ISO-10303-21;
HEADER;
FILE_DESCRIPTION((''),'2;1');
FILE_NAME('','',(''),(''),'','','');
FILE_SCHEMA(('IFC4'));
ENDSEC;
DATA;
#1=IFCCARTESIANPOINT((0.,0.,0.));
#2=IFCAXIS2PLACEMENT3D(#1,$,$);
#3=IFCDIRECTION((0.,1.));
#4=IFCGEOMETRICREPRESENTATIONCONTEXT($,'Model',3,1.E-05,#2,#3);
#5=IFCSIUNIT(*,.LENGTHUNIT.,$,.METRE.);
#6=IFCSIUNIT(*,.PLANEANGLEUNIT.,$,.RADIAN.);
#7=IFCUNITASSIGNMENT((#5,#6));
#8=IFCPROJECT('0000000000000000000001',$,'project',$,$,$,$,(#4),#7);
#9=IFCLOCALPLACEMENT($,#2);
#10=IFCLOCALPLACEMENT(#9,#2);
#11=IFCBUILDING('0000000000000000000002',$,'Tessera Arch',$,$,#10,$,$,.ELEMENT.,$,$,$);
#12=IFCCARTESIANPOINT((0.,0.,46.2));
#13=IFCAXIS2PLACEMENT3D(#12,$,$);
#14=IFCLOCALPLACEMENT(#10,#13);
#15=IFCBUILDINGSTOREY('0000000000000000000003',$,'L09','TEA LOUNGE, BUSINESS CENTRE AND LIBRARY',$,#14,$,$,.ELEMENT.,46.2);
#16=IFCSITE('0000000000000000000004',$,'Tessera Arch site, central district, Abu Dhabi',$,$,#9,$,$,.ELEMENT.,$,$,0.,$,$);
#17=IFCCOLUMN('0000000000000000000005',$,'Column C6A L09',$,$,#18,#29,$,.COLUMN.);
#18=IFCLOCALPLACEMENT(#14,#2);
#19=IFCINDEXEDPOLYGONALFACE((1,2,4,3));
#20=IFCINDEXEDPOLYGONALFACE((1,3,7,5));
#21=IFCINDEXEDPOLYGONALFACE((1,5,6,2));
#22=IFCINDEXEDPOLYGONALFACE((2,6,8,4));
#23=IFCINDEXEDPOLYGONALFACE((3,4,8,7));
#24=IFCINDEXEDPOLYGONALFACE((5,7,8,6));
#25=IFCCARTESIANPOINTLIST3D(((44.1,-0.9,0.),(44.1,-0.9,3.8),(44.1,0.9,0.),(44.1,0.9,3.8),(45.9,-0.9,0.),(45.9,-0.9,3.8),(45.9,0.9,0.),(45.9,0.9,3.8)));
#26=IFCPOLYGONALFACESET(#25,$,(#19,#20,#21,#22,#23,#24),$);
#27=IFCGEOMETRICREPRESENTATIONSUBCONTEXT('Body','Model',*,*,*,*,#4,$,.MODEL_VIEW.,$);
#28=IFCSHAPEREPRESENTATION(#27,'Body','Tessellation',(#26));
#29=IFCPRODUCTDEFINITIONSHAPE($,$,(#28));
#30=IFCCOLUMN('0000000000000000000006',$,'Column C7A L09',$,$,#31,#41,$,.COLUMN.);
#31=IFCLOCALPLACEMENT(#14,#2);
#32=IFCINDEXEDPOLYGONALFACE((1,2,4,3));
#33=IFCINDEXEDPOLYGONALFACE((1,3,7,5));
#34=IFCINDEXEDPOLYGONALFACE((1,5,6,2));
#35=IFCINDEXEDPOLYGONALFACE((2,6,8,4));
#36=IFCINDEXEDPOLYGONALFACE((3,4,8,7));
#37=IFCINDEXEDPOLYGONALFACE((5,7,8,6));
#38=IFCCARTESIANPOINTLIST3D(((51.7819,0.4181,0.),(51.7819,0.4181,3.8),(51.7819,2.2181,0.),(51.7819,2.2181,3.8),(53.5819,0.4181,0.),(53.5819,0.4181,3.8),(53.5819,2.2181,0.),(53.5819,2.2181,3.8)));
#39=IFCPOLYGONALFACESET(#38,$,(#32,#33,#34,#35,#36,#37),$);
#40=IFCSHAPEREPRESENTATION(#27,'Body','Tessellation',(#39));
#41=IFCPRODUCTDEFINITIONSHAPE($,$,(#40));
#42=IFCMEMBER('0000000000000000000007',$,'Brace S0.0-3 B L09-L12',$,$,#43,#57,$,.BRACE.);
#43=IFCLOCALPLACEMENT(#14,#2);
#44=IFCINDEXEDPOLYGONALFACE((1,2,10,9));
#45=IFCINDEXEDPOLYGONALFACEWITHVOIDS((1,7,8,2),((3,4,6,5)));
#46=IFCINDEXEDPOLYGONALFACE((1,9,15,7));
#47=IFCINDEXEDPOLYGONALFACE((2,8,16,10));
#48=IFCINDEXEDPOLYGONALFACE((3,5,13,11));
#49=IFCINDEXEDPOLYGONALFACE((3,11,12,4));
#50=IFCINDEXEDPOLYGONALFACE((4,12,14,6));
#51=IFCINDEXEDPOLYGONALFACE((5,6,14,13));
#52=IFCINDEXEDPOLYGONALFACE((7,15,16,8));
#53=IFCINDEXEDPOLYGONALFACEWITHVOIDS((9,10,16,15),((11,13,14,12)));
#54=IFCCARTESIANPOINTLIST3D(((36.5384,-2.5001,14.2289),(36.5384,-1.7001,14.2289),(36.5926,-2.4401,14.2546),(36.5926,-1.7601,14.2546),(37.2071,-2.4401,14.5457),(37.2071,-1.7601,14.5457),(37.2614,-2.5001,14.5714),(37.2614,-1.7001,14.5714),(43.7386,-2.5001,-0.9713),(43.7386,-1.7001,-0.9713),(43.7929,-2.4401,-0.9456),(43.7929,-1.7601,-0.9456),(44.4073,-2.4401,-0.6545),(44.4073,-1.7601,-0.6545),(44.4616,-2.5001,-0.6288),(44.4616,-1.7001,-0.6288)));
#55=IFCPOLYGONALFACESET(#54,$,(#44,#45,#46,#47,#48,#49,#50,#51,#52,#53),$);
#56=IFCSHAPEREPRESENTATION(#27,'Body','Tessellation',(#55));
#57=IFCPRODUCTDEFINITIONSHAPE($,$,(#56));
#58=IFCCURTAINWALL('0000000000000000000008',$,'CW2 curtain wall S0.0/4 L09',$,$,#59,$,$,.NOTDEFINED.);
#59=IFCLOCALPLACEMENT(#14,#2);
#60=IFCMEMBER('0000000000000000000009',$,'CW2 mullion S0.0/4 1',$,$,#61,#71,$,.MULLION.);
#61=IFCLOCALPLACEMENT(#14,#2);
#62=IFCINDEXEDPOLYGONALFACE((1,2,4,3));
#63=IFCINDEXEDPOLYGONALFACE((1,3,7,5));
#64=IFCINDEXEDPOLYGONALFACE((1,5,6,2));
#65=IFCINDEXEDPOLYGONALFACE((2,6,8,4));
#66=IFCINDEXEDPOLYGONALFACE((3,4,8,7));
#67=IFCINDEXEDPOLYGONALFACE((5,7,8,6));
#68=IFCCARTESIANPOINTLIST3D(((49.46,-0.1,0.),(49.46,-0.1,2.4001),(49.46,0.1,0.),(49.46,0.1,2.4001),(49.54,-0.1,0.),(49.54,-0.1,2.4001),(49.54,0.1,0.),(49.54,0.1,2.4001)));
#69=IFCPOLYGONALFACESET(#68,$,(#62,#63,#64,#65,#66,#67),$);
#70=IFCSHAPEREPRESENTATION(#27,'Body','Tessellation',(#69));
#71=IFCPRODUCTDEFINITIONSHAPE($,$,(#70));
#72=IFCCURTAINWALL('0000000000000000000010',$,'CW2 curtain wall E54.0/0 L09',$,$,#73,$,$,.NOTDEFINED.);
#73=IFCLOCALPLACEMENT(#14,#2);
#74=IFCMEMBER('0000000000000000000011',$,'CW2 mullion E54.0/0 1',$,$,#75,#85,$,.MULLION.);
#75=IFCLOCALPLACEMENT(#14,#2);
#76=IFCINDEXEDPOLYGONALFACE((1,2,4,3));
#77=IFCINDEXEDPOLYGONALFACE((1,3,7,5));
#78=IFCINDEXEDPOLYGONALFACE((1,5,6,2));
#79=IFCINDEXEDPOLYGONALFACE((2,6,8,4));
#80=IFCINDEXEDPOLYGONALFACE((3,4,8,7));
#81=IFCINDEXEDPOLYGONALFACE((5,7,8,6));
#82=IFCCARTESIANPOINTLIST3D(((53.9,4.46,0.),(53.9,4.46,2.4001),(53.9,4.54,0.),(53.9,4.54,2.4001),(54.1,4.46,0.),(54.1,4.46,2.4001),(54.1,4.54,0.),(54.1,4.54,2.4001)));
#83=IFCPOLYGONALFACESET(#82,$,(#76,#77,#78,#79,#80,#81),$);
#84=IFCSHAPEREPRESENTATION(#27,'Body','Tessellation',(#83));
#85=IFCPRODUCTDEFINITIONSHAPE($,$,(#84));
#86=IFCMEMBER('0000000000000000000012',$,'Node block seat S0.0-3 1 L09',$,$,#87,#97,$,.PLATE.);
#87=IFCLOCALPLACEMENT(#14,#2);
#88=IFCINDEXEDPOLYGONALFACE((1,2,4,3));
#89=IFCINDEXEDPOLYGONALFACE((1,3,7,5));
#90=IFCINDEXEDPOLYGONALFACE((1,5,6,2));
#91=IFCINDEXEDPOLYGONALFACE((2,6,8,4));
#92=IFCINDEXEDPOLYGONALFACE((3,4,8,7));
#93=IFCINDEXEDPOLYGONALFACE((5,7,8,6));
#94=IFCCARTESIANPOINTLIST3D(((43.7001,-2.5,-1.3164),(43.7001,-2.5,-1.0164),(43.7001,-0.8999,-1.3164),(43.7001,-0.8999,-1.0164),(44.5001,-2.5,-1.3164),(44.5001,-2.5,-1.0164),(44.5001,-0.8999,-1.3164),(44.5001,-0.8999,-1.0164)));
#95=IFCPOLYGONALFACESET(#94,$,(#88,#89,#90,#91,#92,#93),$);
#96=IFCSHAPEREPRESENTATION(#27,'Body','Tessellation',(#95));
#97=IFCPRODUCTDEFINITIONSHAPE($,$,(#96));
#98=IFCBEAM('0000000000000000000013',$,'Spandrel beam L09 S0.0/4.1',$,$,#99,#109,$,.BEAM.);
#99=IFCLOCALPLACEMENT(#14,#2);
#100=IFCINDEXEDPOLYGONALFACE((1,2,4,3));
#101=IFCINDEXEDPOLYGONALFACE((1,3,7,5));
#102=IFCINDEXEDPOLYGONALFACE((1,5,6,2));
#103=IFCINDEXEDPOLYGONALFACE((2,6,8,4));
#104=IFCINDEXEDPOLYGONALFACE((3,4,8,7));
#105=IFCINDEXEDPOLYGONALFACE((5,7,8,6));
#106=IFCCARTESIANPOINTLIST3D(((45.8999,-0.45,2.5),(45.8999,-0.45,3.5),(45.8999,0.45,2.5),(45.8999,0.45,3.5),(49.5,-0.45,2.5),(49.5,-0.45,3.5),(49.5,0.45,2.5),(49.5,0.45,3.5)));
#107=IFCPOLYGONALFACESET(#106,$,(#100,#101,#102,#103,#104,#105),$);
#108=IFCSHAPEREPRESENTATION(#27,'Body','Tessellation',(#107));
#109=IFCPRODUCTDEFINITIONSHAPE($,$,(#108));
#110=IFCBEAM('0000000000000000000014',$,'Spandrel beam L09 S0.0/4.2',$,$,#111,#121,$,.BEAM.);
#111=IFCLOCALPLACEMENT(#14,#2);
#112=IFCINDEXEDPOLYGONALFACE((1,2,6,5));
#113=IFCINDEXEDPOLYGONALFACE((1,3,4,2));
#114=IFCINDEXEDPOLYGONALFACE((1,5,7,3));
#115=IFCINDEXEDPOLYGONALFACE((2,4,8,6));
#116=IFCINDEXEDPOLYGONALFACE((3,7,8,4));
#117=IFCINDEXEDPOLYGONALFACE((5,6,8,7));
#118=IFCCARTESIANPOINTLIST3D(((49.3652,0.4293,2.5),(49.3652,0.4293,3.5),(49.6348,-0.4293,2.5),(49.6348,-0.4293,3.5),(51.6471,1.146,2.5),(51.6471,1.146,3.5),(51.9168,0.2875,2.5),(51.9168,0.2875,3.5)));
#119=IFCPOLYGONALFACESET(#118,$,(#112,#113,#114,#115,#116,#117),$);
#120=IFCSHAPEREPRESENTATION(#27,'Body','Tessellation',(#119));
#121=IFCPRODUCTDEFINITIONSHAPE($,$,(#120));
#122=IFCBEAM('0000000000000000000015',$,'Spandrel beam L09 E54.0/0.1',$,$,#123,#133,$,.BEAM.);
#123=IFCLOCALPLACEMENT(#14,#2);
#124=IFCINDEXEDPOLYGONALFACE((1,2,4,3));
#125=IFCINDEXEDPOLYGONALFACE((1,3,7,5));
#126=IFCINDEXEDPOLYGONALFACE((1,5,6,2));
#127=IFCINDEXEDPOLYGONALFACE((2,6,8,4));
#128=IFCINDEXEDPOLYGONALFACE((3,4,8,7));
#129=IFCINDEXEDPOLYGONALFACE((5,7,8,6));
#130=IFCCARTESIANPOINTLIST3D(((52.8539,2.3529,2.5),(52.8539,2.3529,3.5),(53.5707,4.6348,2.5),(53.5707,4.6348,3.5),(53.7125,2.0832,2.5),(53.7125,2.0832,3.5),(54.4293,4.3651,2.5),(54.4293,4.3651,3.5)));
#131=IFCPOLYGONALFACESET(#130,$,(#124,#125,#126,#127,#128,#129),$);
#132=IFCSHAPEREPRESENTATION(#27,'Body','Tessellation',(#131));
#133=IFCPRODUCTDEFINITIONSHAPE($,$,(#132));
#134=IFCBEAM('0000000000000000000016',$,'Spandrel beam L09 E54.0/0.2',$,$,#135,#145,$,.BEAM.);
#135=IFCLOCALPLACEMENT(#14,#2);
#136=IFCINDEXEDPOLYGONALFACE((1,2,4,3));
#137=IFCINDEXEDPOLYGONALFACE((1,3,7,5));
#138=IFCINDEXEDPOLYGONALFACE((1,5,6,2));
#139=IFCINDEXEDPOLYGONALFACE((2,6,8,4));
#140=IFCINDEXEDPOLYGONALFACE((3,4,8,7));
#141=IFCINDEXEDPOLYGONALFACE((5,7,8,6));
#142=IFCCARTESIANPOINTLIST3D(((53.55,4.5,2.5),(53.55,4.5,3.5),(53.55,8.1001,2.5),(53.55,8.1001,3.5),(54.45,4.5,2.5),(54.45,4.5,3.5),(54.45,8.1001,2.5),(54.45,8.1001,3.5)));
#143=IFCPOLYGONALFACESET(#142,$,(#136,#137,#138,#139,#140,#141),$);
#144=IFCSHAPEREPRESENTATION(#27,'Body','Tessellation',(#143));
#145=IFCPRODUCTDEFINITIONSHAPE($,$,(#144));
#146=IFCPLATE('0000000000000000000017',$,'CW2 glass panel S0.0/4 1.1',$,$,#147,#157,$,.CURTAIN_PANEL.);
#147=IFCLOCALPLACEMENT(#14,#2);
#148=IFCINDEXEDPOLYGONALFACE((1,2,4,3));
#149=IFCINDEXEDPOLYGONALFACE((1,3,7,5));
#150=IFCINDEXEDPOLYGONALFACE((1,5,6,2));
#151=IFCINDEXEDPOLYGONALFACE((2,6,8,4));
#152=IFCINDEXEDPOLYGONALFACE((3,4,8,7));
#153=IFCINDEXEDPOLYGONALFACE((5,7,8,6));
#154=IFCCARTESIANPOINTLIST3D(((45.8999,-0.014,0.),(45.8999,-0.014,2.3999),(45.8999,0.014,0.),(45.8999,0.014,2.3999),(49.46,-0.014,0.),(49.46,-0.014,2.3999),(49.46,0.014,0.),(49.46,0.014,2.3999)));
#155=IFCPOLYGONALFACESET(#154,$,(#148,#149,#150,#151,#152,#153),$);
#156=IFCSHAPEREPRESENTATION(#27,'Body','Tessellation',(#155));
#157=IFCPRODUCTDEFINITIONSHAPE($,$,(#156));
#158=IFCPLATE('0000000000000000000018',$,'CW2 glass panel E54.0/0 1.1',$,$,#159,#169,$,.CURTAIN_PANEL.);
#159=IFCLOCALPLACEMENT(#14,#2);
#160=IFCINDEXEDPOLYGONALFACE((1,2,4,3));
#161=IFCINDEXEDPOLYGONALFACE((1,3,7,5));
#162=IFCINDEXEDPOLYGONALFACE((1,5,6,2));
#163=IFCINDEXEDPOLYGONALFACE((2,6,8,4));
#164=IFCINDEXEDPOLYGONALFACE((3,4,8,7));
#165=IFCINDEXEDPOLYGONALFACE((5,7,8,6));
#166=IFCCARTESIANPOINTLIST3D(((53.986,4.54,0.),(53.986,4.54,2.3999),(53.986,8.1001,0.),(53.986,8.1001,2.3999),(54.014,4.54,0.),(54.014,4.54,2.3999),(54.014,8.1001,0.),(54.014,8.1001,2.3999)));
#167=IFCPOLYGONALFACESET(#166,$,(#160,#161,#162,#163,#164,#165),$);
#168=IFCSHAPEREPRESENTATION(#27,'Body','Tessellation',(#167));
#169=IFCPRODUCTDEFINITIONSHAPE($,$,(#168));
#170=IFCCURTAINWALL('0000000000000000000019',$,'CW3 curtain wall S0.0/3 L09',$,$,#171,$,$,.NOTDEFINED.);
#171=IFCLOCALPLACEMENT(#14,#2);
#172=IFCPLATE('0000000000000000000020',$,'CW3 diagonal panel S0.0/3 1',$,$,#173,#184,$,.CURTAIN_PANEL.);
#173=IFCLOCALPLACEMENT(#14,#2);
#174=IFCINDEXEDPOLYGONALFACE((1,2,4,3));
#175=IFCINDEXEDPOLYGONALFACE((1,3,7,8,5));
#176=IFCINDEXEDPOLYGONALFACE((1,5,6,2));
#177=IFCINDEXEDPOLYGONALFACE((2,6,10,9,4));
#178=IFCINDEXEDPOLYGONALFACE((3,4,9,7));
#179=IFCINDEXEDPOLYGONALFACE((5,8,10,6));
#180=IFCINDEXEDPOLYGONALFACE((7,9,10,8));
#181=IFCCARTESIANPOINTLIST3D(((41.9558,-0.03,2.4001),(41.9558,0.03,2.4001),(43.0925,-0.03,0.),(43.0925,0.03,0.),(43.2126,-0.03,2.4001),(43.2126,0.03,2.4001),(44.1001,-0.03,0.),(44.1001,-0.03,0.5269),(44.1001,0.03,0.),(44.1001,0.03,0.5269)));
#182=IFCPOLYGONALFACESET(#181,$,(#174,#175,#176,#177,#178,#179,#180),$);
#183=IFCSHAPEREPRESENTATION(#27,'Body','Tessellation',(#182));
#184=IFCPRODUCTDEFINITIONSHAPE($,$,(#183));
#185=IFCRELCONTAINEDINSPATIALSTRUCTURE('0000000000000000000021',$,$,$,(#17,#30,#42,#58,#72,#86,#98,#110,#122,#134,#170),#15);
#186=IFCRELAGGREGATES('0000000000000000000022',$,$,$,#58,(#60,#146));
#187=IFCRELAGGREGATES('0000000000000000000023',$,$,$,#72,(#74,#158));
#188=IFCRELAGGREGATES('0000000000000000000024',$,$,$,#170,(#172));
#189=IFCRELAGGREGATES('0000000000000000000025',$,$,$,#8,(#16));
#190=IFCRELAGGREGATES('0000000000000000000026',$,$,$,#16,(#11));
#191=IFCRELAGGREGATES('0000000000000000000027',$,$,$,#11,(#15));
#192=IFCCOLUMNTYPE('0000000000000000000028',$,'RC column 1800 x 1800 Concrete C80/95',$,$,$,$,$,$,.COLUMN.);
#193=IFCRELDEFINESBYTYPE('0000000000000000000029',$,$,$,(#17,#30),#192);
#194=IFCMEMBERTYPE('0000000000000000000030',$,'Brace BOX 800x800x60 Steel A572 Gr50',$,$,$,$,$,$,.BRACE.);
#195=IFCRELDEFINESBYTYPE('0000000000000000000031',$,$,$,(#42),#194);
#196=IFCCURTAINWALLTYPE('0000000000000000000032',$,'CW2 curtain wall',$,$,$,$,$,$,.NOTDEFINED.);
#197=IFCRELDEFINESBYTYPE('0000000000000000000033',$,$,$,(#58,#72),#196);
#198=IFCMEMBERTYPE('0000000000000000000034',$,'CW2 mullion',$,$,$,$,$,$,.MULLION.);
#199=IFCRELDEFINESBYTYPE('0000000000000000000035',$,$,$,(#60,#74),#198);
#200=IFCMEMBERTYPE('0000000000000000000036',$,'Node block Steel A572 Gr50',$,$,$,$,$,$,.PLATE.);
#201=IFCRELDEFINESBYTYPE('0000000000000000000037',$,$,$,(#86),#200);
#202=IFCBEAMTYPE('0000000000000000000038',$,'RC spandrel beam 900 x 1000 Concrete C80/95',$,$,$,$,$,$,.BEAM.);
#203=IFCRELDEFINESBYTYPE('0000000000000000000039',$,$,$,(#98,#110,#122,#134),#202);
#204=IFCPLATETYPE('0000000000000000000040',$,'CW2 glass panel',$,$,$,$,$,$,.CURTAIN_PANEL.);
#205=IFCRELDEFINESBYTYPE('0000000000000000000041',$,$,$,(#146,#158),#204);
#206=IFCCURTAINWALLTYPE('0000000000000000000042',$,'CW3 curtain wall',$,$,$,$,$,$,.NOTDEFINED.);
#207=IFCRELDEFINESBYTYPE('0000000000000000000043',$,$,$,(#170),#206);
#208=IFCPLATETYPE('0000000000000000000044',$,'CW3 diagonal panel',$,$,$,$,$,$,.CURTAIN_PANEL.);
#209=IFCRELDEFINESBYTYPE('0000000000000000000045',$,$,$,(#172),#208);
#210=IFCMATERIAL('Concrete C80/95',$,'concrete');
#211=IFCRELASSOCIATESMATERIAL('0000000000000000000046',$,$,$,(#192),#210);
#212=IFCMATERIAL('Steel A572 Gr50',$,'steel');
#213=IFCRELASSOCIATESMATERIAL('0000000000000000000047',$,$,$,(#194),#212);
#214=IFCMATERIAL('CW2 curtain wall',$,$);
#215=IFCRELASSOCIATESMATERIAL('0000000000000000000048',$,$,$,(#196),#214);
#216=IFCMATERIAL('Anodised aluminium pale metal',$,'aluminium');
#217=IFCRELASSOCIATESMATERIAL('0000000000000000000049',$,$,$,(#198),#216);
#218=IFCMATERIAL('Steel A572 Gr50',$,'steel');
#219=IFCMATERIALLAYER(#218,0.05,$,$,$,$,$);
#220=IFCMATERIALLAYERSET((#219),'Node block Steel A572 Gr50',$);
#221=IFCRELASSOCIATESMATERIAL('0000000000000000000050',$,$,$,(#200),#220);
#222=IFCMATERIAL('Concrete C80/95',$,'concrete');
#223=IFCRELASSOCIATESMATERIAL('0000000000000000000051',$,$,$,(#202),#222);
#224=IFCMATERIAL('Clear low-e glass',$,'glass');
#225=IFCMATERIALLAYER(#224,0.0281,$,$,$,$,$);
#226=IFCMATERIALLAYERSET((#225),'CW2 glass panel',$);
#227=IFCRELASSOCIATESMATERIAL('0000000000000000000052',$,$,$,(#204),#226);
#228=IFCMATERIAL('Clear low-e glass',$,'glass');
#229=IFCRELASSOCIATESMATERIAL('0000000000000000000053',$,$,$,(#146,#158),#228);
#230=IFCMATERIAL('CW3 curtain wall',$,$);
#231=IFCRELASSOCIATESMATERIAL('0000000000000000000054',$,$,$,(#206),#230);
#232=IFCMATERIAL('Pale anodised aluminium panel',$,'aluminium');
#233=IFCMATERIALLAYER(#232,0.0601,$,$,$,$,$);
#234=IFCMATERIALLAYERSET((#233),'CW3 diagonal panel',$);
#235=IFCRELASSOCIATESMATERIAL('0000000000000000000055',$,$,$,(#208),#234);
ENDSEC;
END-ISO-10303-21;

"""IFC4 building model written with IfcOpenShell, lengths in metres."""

from ifc_helpers import new_model, si_unit, direction, frame, origin, origin_2d, place, context, subcontext, project, spatial, polyline, rectangle, hollow_rectangle, outline, extrude, material, layer, layer_set, material_profile, profile_set, type_object, element, aggregate, save


model = new_model("IFC4")

# Units and contexts
model_context = context("Model", 3, precision=1e-05, world=origin(), true_north=direction((0.0, 1.0)))
body_context = subcontext(model_context, "Body", "Model", "MODEL_VIEW")
ifc_project = project(units=[si_unit("LENGTHUNIT", "METRE"), si_unit("PLANEANGLEUNIT", "RADIAN")], contexts=[model_context])

# Site, building, storey
site_placement = place(None, origin())
site = spatial("IfcSite", under=ifc_project, at=site_placement, Name="Tessera Arch site, central district, Abu Dhabi", CompositionType="ELEMENT", RefElevation=0.0)
building_placement = place(site_placement, origin())
building = spatial("IfcBuilding", under=site, at=building_placement, Name="Tessera Arch", CompositionType="ELEMENT")
storey_placement = place(building_placement, frame((0.0, 0.0, 46.2)))
storey = spatial("IfcBuildingStorey", under=building, at=storey_placement, Name="L09", Description="TEA LOUNGE, BUSINESS CENTRE AND LIBRARY", CompositionType="ELEMENT", Elevation=46.2)

# Columns
ifc_material_1 = material(Name="Concrete C80/95", Category="concrete")
ifc_material_profile_1 = material_profile(ifc_material_1, rectangle(XDim=1.8, YDim=1.8, at=origin_2d()), Name="RC column 1800 x 1800 Concrete C80/95")
ifc_profile_set_1 = profile_set([ifc_material_profile_1], Name="Concrete C80/95")
column_type = type_object("IfcColumnType", Name="RC column 1800 x 1800 Concrete C80/95", PredefinedType="COLUMN", material=ifc_profile_set_1)
for number, where, z_axis, x_axis, name in (
    (1, (45.0, 0.0, 0.0), (0.0, 0.0, 1.0), (1.0, 0.0, 0.0), "Column C6A L09"),
    (2, (52.6819, 1.3181, 0.0), (0.0, 0.0, 1.0), (1.0, 0.0, 0.0), "Column C7A L09"),
):
    element("IfcColumn", number, at=place(storey_placement, frame(where, z_axis=z_axis, x_axis=x_axis)), inside=storey, type_object=column_type, Name=name, PredefinedType="COLUMN", context=body_context, shape_type="SweptSolid", body=[
        extrude(rectangle(XDim=1.8, YDim=1.8, at=origin_2d()), origin(), (0.0, 0.0, 1.0), 3.8),
    ])

# Member
ifc_material_2 = material(Name="Steel A572 Gr50", Category="steel")
ifc_material_profile_2 = material_profile(ifc_material_2, hollow_rectangle(XDim=0.8, YDim=0.8, WallThickness=0.0601, at=origin_2d()), Name="BOX 800x800x60")
ifc_profile_set_2 = profile_set([ifc_material_profile_2], Name="Steel A572 Gr50")
member_type_1 = type_object("IfcMemberType", Name="Brace BOX 800x800x60 Steel A572 Gr50", PredefinedType="BRACE", material=ifc_profile_set_2)
member_1_placement = place(storey_placement, frame((44.1001, -2.1001, -0.8), z_axis=(-0.428091, 0.0, 0.903735), x_axis=(0.0, -1.0, 0.0)))
element("IfcMember", 3, at=member_1_placement, inside=storey, type_object=member_type_1, Name="Brace S0.0-3 B L09-L12", PredefinedType="BRACE", context=body_context, shape_type="SweptSolid", body=[
    extrude(hollow_rectangle(XDim=0.8, YDim=0.8, WallThickness=0.0601, at=origin_2d()), origin(), (0.0, 0.0, 1.0), 16.8193),
])

# Curtain walls, members
ifc_material_3 = material(Name="CW2 curtain wall")
curtain_wall_type_1 = type_object("IfcCurtainWallType", Name="CW2 curtain wall", PredefinedType="NOTDEFINED", material=ifc_material_3)
curtain_wall_1_placement = place(storey_placement, origin())
curtain_wall_1 = element("IfcCurtainWall", 4, at=curtain_wall_1_placement, inside=storey, type_object=curtain_wall_type_1, Name="CW2 curtain wall S0.0/4 L09", PredefinedType="NOTDEFINED")
ifc_material_4 = material(Name="Anodised aluminium pale metal", Category="aluminium")
ifc_material_profile_3 = material_profile(ifc_material_4, rectangle(XDim=0.2, YDim=0.0801, at=origin_2d()), Name="AL 80x200")
ifc_profile_set_3 = profile_set([ifc_material_profile_3], Name="Anodised aluminium pale metal")
member_type_2 = type_object("IfcMemberType", Name="CW2 mullion", PredefinedType="MULLION", material=ifc_profile_set_3)
member_2_placement = place(storey_placement, frame((49.5, 0.0, 0.0), z_axis=(0.0, 0.0, 1.0), x_axis=(0.0, 1.0, 0.0)))
member_2 = element("IfcMember", 5, at=member_2_placement, type_object=member_type_2, Name="CW2 mullion S0.0/4 1", PredefinedType="MULLION", context=body_context, shape_type="SweptSolid", body=[
    extrude(rectangle(XDim=0.2, YDim=0.0801, at=origin_2d()), origin(), (0.0, 0.0, 1.0), 2.4001),
])
curtain_wall_2_placement = place(storey_placement, origin())
curtain_wall_2 = element("IfcCurtainWall", 6, at=curtain_wall_2_placement, inside=storey, type_object=curtain_wall_type_1, Name="CW2 curtain wall E54.0/0 L09", PredefinedType="NOTDEFINED")
member_3_placement = place(storey_placement, frame((54.0, 4.5, 0.0), z_axis=(0.0, 0.0, 1.0), x_axis=(-1.0, 0.0, 0.0)))
member_3 = element("IfcMember", 7, at=member_3_placement, type_object=member_type_2, Name="CW2 mullion E54.0/0 1", PredefinedType="MULLION", context=body_context, shape_type="SweptSolid", body=[
    extrude(rectangle(XDim=0.2, YDim=0.0801, at=origin_2d()), origin(), (0.0, 0.0, 1.0), 2.4001),
])

# Member
ifc_material_5 = material(Name="Steel A572 Gr50", Category="steel")
ifc_layer_1 = layer(ifc_material_5, 0.05)
ifc_layer_set_1 = layer_set([ifc_layer_1], Name="Node block Steel A572 Gr50")
member_type_3 = type_object("IfcMemberType", Name="Node block Steel A572 Gr50", PredefinedType="PLATE", material=ifc_layer_set_1)
member_4_placement = place(storey_placement, frame((44.1001, -1.7, -1.3164), z_axis=(0.0, 0.0, 1.0), x_axis=(1.0, 0.0, 0.0)))
element("IfcMember", 8, at=member_4_placement, inside=storey, type_object=member_type_3, Name="Node block seat S0.0-3 1 L09", PredefinedType="PLATE", context=body_context, shape_type="SweptSolid", body=[
    extrude(rectangle(XDim=0.8, YDim=1.6001, at=origin_2d()), origin(), (0.0, 0.0, 1.0), 0.3),
])

# Beams
ifc_material_6 = material(Name="Concrete C80/95", Category="concrete")
ifc_material_profile_4 = material_profile(ifc_material_6, rectangle(XDim=0.8999, YDim=1.0, at=origin_2d()), Name="RC spandrel beam 900 x 1000 Concrete C80/95")
ifc_profile_set_4 = profile_set([ifc_material_profile_4], Name="Concrete C80/95")
beam_type = type_object("IfcBeamType", Name="RC spandrel beam 900 x 1000 Concrete C80/95", PredefinedType="BEAM", material=ifc_profile_set_4)
beam_1_placement = place(storey_placement, frame((45.8999, 0.0, 3.0), z_axis=(1.0, 0.0, 0.0), x_axis=(0.0, 1.0, 0.0)))
element("IfcBeam", 9, at=beam_1_placement, inside=storey, type_object=beam_type, Name="Spandrel beam L09 S0.0/4.1", PredefinedType="BEAM", context=body_context, shape_type="SweptSolid", body=[
    extrude(rectangle(XDim=0.8999, YDim=1.0, at=origin_2d()), origin(), (0.0, 0.0, 1.0), 3.6001),
])
for number, where, z_axis, x_axis, name in (
    (10, (49.5, 0.0, 3.0), (0.954041, 0.299675, 0.0), (-0.299675, 0.954041, 0.0), "Spandrel beam L09 S0.0/4.2"),
    (11, (53.2832, 2.218, 3.0), (0.299675, 0.954041, 0.0), (-0.954041, 0.299675, 0.0), "Spandrel beam L09 E54.0/0.1"),
):
    element("IfcBeam", number, at=place(storey_placement, frame(where, z_axis=z_axis, x_axis=x_axis)), inside=storey, type_object=beam_type, Name=name, PredefinedType="BEAM", context=body_context, shape_type="SweptSolid", body=[
        extrude(rectangle(XDim=0.8999, YDim=1.0, at=origin_2d()), origin(), (0.0, 0.0, 1.0), 2.3918),
    ])
beam_2_placement = place(storey_placement, frame((54.0, 4.5, 3.0), z_axis=(0.0, 1.0, 0.0), x_axis=(-1.0, 0.0, 0.0)))
element("IfcBeam", 12, at=beam_2_placement, inside=storey, type_object=beam_type, Name="Spandrel beam L09 E54.0/0.2", PredefinedType="BEAM", context=body_context, shape_type="SweptSolid", body=[
    extrude(rectangle(XDim=0.8999, YDim=1.0, at=origin_2d()), origin(), (0.0, 0.0, 1.0), 3.6001),
])

# Plates
ifc_material_7 = material(Name="Clear low-e glass", Category="glass")
ifc_material_8 = material(Name="Clear low-e glass", Category="glass")
ifc_layer_2 = layer(ifc_material_8, 0.0281)
ifc_layer_set_2 = layer_set([ifc_layer_2], Name="CW2 glass panel")
plate_type_1 = type_object("IfcPlateType", Name="CW2 glass panel", PredefinedType="CURTAIN_PANEL", material=ifc_layer_set_2)
plate_1_placement = place(storey_placement, frame((47.6799, 0.0, 0.0), z_axis=(0.0, 0.0, 1.0), x_axis=(1.0, 0.0, 0.0)))
plate_1 = element("IfcPlate", 13, at=plate_1_placement, type_object=plate_type_1, material=ifc_material_7, Name="CW2 glass panel S0.0/4 1.1", PredefinedType="CURTAIN_PANEL", context=body_context, shape_type="SweptSolid", body=[
    extrude(rectangle(XDim=3.5601, YDim=0.0281, at=origin_2d()), origin(), (0.0, 0.0, 1.0), 2.3999),
])
aggregate(curtain_wall_1, [member_2, plate_1])
plate_2_placement = place(storey_placement, frame((54.0, 6.3201, 0.0), z_axis=(0.0, 0.0, 1.0), x_axis=(0.0, 1.0, 0.0)))
plate_2 = element("IfcPlate", 14, at=plate_2_placement, type_object=plate_type_1, material=ifc_material_7, Name="CW2 glass panel E54.0/0 1.1", PredefinedType="CURTAIN_PANEL", context=body_context, shape_type="SweptSolid", body=[
    extrude(rectangle(XDim=3.5601, YDim=0.0281, at=origin_2d()), origin(), (0.0, 0.0, 1.0), 2.3999),
])
aggregate(curtain_wall_2, [member_3, plate_2])

# Curtain wall, plate
ifc_material_9 = material(Name="CW3 curtain wall")
curtain_wall_type_2 = type_object("IfcCurtainWallType", Name="CW3 curtain wall", PredefinedType="NOTDEFINED", material=ifc_material_9)
curtain_wall_3_placement = place(storey_placement, origin())
curtain_wall_3 = element("IfcCurtainWall", 15, at=curtain_wall_3_placement, inside=storey, type_object=curtain_wall_type_2, Name="CW3 curtain wall S0.0/3 L09", PredefinedType="NOTDEFINED")
ifc_material_10 = material(Name="Pale anodised aluminium panel", Category="aluminium")
ifc_layer_3 = layer(ifc_material_10, 0.0601)
ifc_layer_set_3 = layer_set([ifc_layer_3], Name="CW3 diagonal panel")
plate_type_2 = type_object("IfcPlateType", Name="CW3 diagonal panel", PredefinedType="CURTAIN_PANEL", material=ifc_layer_set_3)
plate_3_placement = place(storey_placement, frame((44.1001, -0.03, 0.0), z_axis=(0.0, -1.0, 0.0), x_axis=(0.0, 0.0, 1.0)))
plate_3 = element("IfcPlate", 16, at=plate_3_placement, type_object=plate_type_2, Name="CW3 diagonal panel S0.0/3 1", PredefinedType="CURTAIN_PANEL", context=body_context, shape_type="SweptSolid", body=[
    extrude(outline(polyline([(0.0, 0.0), (0.5269, 0.0), (2.4001, 0.8875), (2.4001, 2.1443), (0.0, 1.0076), (0.0, 0.0)])), origin(), (0.0, 0.0, -1.0), 0.0601),
])
aggregate(curtain_wall_3, [plate_3])

save(model, "model.ifc")
